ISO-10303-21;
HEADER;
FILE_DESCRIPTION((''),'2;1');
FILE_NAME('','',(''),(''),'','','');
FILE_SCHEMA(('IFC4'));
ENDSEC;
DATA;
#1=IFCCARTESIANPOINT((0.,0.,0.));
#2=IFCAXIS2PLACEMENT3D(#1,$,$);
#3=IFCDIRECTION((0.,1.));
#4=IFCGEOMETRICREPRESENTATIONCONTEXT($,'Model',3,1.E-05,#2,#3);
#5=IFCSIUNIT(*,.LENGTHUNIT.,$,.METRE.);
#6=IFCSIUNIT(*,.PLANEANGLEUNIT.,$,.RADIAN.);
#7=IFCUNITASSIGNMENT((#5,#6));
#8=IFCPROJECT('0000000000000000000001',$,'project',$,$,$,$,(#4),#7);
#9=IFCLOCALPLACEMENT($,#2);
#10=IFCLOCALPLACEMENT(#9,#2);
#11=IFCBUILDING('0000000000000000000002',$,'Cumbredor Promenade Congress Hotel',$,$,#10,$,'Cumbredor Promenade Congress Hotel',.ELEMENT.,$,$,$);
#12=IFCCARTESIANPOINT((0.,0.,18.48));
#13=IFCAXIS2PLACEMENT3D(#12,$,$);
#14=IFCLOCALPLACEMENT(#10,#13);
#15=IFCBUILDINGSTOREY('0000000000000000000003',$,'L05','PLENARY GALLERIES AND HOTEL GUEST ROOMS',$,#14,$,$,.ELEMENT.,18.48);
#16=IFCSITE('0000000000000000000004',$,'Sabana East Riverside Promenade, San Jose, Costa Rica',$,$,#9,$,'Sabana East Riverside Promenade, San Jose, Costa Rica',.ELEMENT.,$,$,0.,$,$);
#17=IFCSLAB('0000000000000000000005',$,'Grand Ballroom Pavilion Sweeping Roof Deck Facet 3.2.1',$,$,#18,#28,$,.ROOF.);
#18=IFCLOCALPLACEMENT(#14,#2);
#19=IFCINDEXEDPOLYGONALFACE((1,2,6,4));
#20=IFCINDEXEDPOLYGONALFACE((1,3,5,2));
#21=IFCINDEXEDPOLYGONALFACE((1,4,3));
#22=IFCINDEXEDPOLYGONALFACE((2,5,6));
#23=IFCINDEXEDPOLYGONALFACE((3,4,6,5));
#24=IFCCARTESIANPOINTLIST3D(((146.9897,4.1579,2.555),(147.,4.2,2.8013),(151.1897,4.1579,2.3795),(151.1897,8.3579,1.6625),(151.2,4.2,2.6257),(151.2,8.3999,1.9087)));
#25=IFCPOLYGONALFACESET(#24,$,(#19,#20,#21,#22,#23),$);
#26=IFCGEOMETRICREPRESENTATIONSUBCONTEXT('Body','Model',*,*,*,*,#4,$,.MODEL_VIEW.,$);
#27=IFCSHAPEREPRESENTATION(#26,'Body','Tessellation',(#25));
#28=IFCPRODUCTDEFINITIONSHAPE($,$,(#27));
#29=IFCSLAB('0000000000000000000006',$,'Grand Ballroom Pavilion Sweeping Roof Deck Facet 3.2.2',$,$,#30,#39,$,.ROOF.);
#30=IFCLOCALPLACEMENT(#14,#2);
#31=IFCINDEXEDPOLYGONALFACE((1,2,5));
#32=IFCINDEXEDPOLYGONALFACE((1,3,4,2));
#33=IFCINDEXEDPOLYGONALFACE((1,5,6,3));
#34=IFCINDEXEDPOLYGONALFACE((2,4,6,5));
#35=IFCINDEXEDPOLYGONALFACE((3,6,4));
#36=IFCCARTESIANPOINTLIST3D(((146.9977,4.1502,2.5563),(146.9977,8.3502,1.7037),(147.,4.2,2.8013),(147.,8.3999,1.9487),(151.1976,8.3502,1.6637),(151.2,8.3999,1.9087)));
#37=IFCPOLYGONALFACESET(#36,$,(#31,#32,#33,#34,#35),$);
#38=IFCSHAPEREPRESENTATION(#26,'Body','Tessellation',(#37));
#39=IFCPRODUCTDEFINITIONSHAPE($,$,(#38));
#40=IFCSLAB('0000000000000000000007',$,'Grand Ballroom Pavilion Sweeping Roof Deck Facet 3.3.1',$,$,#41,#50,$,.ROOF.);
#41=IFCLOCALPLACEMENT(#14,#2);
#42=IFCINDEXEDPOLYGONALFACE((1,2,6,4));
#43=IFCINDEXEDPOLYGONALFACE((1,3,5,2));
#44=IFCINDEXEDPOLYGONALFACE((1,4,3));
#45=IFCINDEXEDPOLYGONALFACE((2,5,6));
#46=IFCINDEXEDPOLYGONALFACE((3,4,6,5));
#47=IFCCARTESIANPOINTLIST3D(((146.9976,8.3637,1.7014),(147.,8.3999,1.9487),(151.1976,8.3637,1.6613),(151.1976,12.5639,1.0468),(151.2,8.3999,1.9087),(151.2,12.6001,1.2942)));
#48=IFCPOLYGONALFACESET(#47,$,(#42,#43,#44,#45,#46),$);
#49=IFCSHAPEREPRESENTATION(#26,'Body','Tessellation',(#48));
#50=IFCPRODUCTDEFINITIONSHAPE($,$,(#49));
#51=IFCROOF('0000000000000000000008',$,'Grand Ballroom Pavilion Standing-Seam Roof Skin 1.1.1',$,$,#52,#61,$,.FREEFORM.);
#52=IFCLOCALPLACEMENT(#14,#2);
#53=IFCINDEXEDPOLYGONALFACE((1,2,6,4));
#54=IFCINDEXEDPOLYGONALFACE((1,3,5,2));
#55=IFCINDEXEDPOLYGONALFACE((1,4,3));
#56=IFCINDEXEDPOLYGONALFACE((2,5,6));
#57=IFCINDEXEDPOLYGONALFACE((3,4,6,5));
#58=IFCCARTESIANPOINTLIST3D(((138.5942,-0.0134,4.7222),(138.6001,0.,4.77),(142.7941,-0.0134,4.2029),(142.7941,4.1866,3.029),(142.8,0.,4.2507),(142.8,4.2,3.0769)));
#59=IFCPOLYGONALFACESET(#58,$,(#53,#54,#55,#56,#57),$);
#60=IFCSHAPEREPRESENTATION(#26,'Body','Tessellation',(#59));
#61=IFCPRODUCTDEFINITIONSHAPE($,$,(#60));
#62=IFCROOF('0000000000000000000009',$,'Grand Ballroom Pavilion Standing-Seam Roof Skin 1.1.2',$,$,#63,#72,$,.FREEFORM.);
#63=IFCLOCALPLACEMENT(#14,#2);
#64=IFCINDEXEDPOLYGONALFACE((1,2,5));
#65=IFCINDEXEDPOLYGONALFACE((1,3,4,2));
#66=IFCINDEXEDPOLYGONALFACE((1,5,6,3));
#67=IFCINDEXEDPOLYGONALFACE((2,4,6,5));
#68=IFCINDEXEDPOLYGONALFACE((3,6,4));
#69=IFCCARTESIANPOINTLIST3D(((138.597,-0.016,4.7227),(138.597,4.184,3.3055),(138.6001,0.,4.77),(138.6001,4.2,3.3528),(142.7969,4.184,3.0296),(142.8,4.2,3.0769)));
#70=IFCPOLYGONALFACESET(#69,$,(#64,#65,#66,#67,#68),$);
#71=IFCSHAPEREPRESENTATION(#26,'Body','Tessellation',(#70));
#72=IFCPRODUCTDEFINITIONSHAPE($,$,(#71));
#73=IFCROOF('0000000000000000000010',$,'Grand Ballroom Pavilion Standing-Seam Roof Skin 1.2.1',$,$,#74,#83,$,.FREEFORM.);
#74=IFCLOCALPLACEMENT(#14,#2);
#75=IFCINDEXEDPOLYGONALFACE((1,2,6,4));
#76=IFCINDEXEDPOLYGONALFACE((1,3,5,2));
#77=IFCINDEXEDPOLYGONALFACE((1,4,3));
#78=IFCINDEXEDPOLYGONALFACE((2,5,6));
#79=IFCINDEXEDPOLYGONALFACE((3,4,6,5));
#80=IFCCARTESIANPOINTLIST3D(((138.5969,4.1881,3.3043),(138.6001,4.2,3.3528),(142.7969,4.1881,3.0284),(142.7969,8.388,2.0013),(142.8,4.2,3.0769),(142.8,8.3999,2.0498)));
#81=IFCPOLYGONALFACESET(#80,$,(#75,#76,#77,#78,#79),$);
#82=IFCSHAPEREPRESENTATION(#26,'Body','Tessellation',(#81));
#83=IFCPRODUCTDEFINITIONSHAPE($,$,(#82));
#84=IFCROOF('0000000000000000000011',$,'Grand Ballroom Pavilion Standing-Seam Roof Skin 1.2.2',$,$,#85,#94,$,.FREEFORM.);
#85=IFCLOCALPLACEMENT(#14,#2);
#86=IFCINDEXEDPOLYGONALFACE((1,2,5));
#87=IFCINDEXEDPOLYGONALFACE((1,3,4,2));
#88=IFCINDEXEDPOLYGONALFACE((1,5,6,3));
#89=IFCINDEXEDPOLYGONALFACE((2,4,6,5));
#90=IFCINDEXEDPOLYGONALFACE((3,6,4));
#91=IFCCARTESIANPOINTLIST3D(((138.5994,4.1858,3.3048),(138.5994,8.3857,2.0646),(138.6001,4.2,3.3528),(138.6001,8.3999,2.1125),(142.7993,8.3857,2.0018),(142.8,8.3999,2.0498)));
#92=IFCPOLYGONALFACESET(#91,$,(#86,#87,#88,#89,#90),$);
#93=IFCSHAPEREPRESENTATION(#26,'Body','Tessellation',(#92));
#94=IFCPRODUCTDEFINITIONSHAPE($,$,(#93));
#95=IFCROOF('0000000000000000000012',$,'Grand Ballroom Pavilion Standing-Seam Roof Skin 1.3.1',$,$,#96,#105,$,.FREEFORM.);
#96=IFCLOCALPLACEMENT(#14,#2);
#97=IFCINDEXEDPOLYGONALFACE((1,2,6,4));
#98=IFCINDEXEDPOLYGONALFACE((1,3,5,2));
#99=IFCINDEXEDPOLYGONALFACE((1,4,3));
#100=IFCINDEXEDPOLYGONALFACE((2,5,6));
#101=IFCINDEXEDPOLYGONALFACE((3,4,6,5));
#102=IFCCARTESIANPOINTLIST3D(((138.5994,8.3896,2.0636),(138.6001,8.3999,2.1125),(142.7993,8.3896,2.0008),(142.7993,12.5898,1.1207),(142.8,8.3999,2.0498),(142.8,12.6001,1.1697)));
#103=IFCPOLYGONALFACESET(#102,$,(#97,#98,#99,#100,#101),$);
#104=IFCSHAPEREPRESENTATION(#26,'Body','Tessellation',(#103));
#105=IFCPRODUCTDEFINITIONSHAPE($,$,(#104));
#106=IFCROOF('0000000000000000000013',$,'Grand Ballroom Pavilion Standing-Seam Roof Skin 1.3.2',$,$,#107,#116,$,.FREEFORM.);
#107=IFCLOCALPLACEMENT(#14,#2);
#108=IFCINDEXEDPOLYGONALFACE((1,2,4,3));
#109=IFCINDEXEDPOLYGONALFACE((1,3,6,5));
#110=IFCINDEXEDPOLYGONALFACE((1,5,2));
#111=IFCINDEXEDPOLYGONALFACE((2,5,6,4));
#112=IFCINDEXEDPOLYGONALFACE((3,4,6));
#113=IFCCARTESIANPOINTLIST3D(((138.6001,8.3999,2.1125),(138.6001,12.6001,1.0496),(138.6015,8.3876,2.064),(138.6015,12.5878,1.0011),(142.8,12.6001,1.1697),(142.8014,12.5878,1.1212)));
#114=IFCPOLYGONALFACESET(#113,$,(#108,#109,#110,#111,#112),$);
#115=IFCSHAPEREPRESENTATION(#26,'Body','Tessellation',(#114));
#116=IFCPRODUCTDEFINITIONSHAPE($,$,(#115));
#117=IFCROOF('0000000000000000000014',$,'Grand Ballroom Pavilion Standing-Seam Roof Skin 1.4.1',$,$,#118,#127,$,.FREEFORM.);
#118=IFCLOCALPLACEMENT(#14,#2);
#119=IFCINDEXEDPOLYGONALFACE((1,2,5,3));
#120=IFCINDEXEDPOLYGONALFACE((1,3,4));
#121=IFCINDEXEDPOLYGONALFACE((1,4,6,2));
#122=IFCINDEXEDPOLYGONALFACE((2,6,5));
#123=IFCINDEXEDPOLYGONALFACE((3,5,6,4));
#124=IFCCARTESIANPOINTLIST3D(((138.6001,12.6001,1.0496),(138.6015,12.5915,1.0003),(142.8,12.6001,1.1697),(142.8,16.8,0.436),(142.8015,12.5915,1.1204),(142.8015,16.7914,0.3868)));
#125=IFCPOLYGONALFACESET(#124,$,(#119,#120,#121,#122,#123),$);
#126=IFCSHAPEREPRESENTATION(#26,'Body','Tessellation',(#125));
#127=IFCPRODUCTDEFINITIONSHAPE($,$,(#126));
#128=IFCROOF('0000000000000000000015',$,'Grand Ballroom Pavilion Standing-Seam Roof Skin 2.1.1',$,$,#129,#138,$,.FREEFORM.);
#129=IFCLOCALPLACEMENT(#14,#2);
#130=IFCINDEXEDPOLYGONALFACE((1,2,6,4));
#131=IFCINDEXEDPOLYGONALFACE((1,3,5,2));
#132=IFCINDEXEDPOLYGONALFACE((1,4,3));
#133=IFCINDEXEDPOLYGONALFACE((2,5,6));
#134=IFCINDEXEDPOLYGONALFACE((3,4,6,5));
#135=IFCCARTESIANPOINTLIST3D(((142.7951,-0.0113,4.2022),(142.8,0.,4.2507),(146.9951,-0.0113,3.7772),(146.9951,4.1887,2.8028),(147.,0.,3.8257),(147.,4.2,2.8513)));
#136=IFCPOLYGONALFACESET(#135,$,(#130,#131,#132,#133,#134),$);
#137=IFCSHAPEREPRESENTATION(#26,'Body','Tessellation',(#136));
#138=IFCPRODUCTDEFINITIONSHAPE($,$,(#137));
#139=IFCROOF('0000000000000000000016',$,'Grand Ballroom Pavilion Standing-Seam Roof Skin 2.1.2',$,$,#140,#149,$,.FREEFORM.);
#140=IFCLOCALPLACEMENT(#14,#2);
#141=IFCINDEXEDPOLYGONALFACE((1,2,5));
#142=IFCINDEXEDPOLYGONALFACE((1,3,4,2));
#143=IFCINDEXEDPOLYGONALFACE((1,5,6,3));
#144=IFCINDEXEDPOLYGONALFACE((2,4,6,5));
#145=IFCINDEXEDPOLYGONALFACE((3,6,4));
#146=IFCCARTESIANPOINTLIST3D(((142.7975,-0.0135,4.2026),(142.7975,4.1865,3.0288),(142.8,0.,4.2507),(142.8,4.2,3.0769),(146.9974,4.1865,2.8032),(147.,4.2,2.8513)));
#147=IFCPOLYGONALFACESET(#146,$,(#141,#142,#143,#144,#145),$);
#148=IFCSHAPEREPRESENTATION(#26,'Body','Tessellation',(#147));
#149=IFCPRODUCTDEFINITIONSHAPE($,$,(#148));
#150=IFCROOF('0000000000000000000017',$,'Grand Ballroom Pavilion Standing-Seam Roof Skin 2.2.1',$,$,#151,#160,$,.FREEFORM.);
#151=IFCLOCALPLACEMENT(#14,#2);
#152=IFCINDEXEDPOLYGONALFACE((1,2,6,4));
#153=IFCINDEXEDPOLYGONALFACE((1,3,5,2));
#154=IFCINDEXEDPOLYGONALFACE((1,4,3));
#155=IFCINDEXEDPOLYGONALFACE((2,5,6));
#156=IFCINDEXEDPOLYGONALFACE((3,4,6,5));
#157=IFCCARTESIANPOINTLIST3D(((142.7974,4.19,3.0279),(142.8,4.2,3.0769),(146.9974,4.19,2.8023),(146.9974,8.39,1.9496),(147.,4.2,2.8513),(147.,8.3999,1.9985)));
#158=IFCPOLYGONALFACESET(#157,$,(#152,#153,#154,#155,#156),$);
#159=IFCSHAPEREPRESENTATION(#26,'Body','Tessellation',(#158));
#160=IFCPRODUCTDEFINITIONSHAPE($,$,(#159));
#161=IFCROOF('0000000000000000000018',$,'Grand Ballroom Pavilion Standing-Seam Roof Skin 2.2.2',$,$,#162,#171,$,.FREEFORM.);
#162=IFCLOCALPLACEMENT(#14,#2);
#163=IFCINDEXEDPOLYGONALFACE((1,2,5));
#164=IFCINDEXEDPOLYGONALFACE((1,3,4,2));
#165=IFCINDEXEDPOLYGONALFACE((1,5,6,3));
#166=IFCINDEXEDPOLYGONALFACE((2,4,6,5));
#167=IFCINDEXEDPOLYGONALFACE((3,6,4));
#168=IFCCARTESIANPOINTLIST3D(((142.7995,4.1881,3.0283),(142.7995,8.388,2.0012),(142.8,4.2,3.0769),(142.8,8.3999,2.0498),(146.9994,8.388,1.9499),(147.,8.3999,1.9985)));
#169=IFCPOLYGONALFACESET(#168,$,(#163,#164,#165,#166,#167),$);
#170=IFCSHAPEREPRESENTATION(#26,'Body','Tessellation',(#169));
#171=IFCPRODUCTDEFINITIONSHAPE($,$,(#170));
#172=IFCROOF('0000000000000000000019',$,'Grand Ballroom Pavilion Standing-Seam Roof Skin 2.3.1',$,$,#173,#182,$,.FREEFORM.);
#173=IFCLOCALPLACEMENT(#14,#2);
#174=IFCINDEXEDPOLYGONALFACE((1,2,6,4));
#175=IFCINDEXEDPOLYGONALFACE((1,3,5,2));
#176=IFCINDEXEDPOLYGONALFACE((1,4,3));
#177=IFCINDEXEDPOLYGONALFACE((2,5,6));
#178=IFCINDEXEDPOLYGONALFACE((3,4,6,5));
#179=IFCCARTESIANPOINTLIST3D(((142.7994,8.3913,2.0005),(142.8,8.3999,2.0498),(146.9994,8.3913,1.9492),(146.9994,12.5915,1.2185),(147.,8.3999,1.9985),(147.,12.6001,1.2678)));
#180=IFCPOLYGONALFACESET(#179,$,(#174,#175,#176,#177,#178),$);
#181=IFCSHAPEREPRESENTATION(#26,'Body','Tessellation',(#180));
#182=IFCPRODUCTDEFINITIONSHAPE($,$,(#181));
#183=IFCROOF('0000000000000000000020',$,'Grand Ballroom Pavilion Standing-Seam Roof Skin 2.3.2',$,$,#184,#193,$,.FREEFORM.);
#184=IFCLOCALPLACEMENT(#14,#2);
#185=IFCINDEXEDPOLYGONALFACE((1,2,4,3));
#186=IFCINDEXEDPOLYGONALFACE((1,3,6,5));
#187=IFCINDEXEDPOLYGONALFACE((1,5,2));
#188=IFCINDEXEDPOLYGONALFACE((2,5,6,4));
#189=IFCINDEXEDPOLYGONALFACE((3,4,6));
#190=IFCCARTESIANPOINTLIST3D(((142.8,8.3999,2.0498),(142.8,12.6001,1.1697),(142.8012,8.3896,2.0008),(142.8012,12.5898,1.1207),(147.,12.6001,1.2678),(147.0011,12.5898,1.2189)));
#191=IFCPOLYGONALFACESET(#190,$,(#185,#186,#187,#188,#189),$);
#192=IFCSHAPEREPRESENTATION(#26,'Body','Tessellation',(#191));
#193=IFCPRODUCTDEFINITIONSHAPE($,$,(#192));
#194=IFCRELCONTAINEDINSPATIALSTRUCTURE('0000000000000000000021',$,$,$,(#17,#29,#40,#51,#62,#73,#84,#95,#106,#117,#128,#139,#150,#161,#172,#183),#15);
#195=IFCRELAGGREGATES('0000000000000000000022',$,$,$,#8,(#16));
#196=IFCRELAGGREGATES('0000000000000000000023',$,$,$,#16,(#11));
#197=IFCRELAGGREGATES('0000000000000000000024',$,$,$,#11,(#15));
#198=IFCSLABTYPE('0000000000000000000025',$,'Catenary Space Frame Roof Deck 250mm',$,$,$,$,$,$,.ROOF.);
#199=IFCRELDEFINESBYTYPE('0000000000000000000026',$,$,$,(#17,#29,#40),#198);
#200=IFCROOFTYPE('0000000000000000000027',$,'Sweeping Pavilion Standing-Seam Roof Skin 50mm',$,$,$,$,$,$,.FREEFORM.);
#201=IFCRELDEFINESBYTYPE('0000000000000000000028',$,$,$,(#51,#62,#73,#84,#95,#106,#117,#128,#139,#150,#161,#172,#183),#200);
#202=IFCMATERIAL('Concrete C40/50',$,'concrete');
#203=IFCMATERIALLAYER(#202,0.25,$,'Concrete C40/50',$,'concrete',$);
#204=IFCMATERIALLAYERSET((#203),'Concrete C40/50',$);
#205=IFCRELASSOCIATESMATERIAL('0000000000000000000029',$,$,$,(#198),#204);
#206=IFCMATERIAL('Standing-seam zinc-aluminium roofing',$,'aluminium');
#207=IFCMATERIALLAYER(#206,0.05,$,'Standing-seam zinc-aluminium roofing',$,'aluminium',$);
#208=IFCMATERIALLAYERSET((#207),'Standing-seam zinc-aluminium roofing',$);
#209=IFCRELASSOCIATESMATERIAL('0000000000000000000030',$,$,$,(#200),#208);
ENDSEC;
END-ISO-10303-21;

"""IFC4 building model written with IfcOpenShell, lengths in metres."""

from ifc_helpers import new_model, si_unit, direction, frame, origin, place, context, subcontext, project, spatial, polyline, outline, extrude, material, layer, layer_set, type_object, element, save


model = new_model("IFC4")

# Units and contexts
model_context = context("Model", 3, precision=1e-05, world=origin(), true_north=direction((0.0, 1.0)))
body_context = subcontext(model_context, "Body", "Model", "MODEL_VIEW")
ifc_project = project(units=[si_unit("LENGTHUNIT", "METRE"), si_unit("PLANEANGLEUNIT", "RADIAN")], contexts=[model_context])

# Site, building, storey
site_placement = place(None, origin())
site = spatial("IfcSite", under=ifc_project, at=site_placement, Name="Sabana East Riverside Promenade, San Jose, Costa Rica", LongName="Sabana East Riverside Promenade, San Jose, Costa Rica", CompositionType="ELEMENT", RefElevation=0.0)
building_placement = place(site_placement, origin())
building = spatial("IfcBuilding", under=site, at=building_placement, Name="Cumbredor Promenade Congress Hotel", LongName="Cumbredor Promenade Congress Hotel", CompositionType="ELEMENT")
storey_placement = place(building_placement, frame((0.0, 0.0, 18.48)))
storey = spatial("IfcBuildingStorey", under=building, at=storey_placement, Name="L05", Description="PLENARY GALLERIES AND HOTEL GUEST ROOMS", CompositionType="ELEMENT", Elevation=18.48)

# Slabs
ifc_material_1 = material(Name="Concrete C40/50", Category="concrete")
ifc_layer_1 = layer(ifc_material_1, 0.25, Name="Concrete C40/50", Category="concrete")
ifc_layer_set_1 = layer_set([ifc_layer_1], Name="Concrete C40/50")
slab_type = type_object("IfcSlabType", Name="Catenary Space Frame Roof Deck 250mm", PredefinedType="ROOF", material=ifc_layer_set_1)
slab_1_placement = place(storey_placement, frame((147.0, 4.2, 2.8013), z_axis=(0.041164, 0.168148, 0.984902), x_axis=(0.999128, 0.0, -0.041759)))
element("IfcSlab", 1, at=slab_1_placement, inside=storey, type_object=slab_type, Name="Grand Ballroom Pavilion Sweeping Roof Deck Facet 3.2.1", PredefinedType="ROOF", context=body_context, shape_type="SweptSolid", body=[
    extrude(outline(polyline([(0.0, 0.0), (4.2036, 0.0), (4.2336, 4.2606), (0.0, 0.0)])), origin(), (0.0, 0.0, -1.0), 0.25),
])
slab_2_placement = place(storey_placement, frame((147.0, 4.2, 2.8013), z_axis=(0.009342, 0.198922, 0.979971), x_axis=(0.699255, 0.699255, -0.148606)))
element("IfcSlab", 2, at=slab_2_placement, inside=storey, type_object=slab_type, Name="Grand Ballroom Pavilion Sweeping Roof Deck Facet 3.2.2", PredefinedType="ROOF", context=body_context, shape_type="SweptSolid", body=[
    extrude(outline(polyline([(0.0, 0.0), (6.0063, 0.0), (3.0635, 2.9969), (0.0, 0.0)])), origin(), (0.0, 0.0, -1.0), 0.25),
])
slab_3_placement = place(storey_placement, frame((147.0, 8.3999, 1.9487), z_axis=(0.009432, 0.144756, 0.989422), x_axis=(0.999955, 0.0, -0.009533)))
element("IfcSlab", 3, at=slab_3_placement, inside=storey, type_object=slab_type, Name="Grand Ballroom Pavilion Sweeping Roof Deck Facet 3.3.1", PredefinedType="ROOF", context=body_context, shape_type="SweptSolid", body=[
    extrude(outline(polyline([(0.0, 0.0), (4.2001, 0.0), (4.206, 4.2449), (0.0, 0.0)])), origin(), (0.0, 0.0, -1.0), 0.25),
])

# Roofs
ifc_material_2 = material(Name="Standing-seam zinc-aluminium roofing", Category="aluminium")
ifc_layer_2 = layer(ifc_material_2, 0.05, Name="Standing-seam zinc-aluminium roofing", Category="aluminium")
ifc_layer_set_2 = layer_set([ifc_layer_2], Name="Standing-seam zinc-aluminium roofing")
roof_type = type_object("IfcRoofType", Name="Sweeping Pavilion Standing-Seam Roof Skin 50mm", PredefinedType="FREEFORM", material=ifc_layer_set_2)
roof_1_placement = place(storey_placement, frame((138.6001, 0.0, 4.77), z_axis=(0.118243, 0.267283, 0.956336), x_axis=(0.992443, 0.0, -0.122707)))
element("IfcRoof", 4, at=roof_1_placement, inside=storey, type_object=roof_type, Name="Grand Ballroom Pavilion Standing-Seam Roof Skin 1.1.1", PredefinedType="FREEFORM", context=body_context, shape_type="SweptSolid", body=[
    extrude(outline(polyline([(0.0, 0.0), (4.2319, 0.0), (4.376, 4.3585), (0.0, 0.0)])), origin(), (0.0, 0.0, -1.0), 0.05),
])
roof_2_placement = place(storey_placement, frame((138.6001, 0.0, 4.77), z_axis=(0.062118, 0.319111, 0.945679), x_axis=(0.680019, 0.680019, -0.274134)))
element("IfcRoof", 5, at=roof_2_placement, inside=storey, type_object=roof_type, Name="Grand Ballroom Pavilion Standing-Seam Roof Skin 1.1.2", PredefinedType="FREEFORM", context=body_context, shape_type="SweptSolid", body=[
    extrude(outline(polyline([(0.0, 0.0), (6.1762, 0.0), (3.2446, 3.0201), (0.0, 0.0)])), origin(), (0.0, 0.0, -1.0), 0.05),
])
roof_3_placement = place(storey_placement, frame((138.6001, 4.2, 3.3528), z_axis=(0.063676, 0.237068, 0.969404), x_axis=(0.99785, 0.0, -0.065545)))
element("IfcRoof", 6, at=roof_3_placement, inside=storey, type_object=roof_type, Name="Grand Ballroom Pavilion Standing-Seam Roof Skin 1.2.1", PredefinedType="FREEFORM", context=body_context, shape_type="SweptSolid", body=[
    extrude(outline(polyline([(0.0, 0.0), (4.209, 0.0), (4.2763, 4.3232), (0.0, 0.0)])), origin(), (0.0, 0.0, -1.0), 0.05),
])
roof_4_placement = place(storey_placement, frame((138.6001, 4.2, 3.3528), z_axis=(0.014326, 0.283178, 0.95896), x_axis=(0.690683, 0.690683, -0.214275)))
element("IfcRoof", 7, at=roof_4_placement, inside=storey, type_object=roof_type, Name="Grand Ballroom Pavilion Standing-Seam Roof Skin 1.2.2", PredefinedType="FREEFORM", context=body_context, shape_type="SweptSolid", body=[
    extrude(outline(polyline([(0.0, 0.0), (6.0809, 0.0), (3.1666, 3.025), (0.0, 0.0)])), origin(), (0.0, 0.0, -1.0), 0.05),
])
roof_5_placement = place(storey_placement, frame((138.6001, 8.3999, 2.1125), z_axis=(0.01462, 0.205068, 0.978639), x_axis=(0.999888, 0.0, -0.014938)))
element("IfcRoof", 8, at=roof_5_placement, inside=storey, type_object=roof_type, Name="Grand Ballroom Pavilion Standing-Seam Roof Skin 1.3.1", PredefinedType="FREEFORM", context=body_context, shape_type="SweptSolid", body=[
    extrude(outline(polyline([(0.0, 0.0), (4.2004, 0.0), (4.2136, 4.2914), (0.0, 0.0)])), origin(), (0.0, 0.0, -1.0), 0.05),
])
roof_6_placement = place(storey_placement, frame((138.6001, 8.3999, 2.1125), z_axis=(-0.027715, 0.245251, 0.969063), x_axis=(0.698343, 0.698383, -0.156775)))
element("IfcRoof", 9, at=roof_6_placement, inside=storey, type_object=roof_type, Name="Grand Ballroom Pavilion Standing-Seam Roof Skin 1.3.2", PredefinedType="FREEFORM", context=body_context, shape_type="SweptSolid", body=[
    extrude(outline(polyline([(0.0, 0.0), (6.0142, 0.0), (3.1, 3.0268), (0.0, 0.0)])), origin(), (0.0, 0.0, -1.0), 0.05),
])
roof_7_placement = place(storey_placement, frame((138.6001, 12.6001, 1.0496), z_axis=(-0.028162, 0.172005, 0.984693), x_axis=(0.999591, 0.0, 0.028588)))
element("IfcRoof", 10, at=roof_7_placement, inside=storey, type_object=roof_type, Name="Grand Ballroom Pavilion Standing-Seam Roof Skin 1.4.1", PredefinedType="FREEFORM", context=body_context, shape_type="SweptSolid", body=[
    extrude(outline(polyline([(0.0, 0.0), (4.2017, 0.0), (4.1807, 4.2635), (0.0, 0.0)])), origin(), (0.0, 0.0, -1.0), 0.05),
])
roof_8_placement = place(storey_placement, frame((142.8, 0.0, 4.2507), z_axis=(0.098109, 0.224902, 0.969429), x_axis=(0.994918, 0.0, -0.100689)))
element("IfcRoof", 11, at=roof_8_placement, inside=storey, type_object=roof_type, Name="Grand Ballroom Pavilion Standing-Seam Roof Skin 2.1.1", PredefinedType="FREEFORM", context=body_context, shape_type="SweptSolid", body=[
    extrude(outline(polyline([(0.0, 0.0), (4.2214, 0.0), (4.3195, 4.3104), (0.0, 0.0)])), origin(), (0.0, 0.0, -1.0), 0.05),
])
roof_9_placement = place(storey_placement, frame((142.8, 0.0, 4.2507), z_axis=(0.05166, 0.268812, 0.961806), x_axis=(0.688262, 0.688262, -0.229327)))
element("IfcRoof", 12, at=roof_9_placement, inside=storey, type_object=roof_type, Name="Grand Ballroom Pavilion Standing-Seam Roof Skin 2.1.2", PredefinedType="FREEFORM", context=body_context, shape_type="SweptSolid", body=[
    extrude(outline(polyline([(0.0, 0.0), (6.1023, 0.0), (3.1599, 3.0055), (0.0, 0.0)])), origin(), (0.0, 0.0, -1.0), 0.05),
])
roof_10_placement = place(storey_placement, frame((142.8, 4.2, 3.0769), z_axis=(0.052565, 0.19871, 0.978648), x_axis=(0.998561, 0.0, -0.053634)))
element("IfcRoof", 13, at=roof_10_placement, inside=storey, type_object=roof_type, Name="Grand Ballroom Pavilion Standing-Seam Roof Skin 2.2.1", PredefinedType="FREEFORM", context=body_context, shape_type="SweptSolid", body=[
    extrude(outline(polyline([(0.0, 0.0), (4.206, 0.0), (4.2517, 4.2854), (0.0, 0.0)])), origin(), (0.0, 0.0, -1.0), 0.05),
])
roof_11_placement = place(storey_placement, frame((142.8, 4.2, 3.0769), z_axis=(0.011857, 0.237533, 0.971307), x_axis=(0.695733, 0.695733, -0.178635)))
element("IfcRoof", 14, at=roof_11_placement, inside=storey, type_object=roof_type, Name="Grand Ballroom Pavilion Standing-Seam Roof Skin 2.2.2", PredefinedType="FREEFORM", context=body_context, shape_type="SweptSolid", body=[
    extrude(outline(polyline([(0.0, 0.0), (6.0367, 0.0), (3.1055, 3.0084), (0.0, 0.0)])), origin(), (0.0, 0.0, -1.0), 0.05),
])
roof_12_placement = place(storey_placement, frame((142.8, 8.3999, 2.0498), z_axis=(0.012026, 0.171384, 0.985131), x_axis=(0.999926, 0.0, -0.012206)))
element("IfcRoof", 15, at=roof_12_placement, inside=storey, type_object=roof_type, Name="Grand Ballroom Pavilion Standing-Seam Roof Skin 2.3.1", PredefinedType="FREEFORM", context=body_context, shape_type="SweptSolid", body=[
    extrude(outline(polyline([(0.0, 0.0), (4.2003, 0.0), (4.2092, 4.2633), (0.0, 0.0)])), origin(), (0.0, 0.0, -1.0), 0.05),
])
roof_13_placement = place(storey_placement, frame((142.8, 8.3999, 2.0498), z_axis=(-0.022865, 0.205036, 0.978487), x_axis=(0.701037, 0.701078, -0.130525)))
element("IfcRoof", 16, at=roof_13_placement, inside=storey, type_object=roof_type, Name="Grand Ballroom Pavilion Standing-Seam Roof Skin 2.3.2", PredefinedType="FREEFORM", context=body_context, shape_type="SweptSolid", body=[
    extrude(outline(polyline([(0.0, 0.0), (5.9911, 0.0), (3.0595, 3.0092), (0.0, 0.0)])), origin(), (0.0, 0.0, -1.0), 0.05),
])

save(model, "model.ifc")
